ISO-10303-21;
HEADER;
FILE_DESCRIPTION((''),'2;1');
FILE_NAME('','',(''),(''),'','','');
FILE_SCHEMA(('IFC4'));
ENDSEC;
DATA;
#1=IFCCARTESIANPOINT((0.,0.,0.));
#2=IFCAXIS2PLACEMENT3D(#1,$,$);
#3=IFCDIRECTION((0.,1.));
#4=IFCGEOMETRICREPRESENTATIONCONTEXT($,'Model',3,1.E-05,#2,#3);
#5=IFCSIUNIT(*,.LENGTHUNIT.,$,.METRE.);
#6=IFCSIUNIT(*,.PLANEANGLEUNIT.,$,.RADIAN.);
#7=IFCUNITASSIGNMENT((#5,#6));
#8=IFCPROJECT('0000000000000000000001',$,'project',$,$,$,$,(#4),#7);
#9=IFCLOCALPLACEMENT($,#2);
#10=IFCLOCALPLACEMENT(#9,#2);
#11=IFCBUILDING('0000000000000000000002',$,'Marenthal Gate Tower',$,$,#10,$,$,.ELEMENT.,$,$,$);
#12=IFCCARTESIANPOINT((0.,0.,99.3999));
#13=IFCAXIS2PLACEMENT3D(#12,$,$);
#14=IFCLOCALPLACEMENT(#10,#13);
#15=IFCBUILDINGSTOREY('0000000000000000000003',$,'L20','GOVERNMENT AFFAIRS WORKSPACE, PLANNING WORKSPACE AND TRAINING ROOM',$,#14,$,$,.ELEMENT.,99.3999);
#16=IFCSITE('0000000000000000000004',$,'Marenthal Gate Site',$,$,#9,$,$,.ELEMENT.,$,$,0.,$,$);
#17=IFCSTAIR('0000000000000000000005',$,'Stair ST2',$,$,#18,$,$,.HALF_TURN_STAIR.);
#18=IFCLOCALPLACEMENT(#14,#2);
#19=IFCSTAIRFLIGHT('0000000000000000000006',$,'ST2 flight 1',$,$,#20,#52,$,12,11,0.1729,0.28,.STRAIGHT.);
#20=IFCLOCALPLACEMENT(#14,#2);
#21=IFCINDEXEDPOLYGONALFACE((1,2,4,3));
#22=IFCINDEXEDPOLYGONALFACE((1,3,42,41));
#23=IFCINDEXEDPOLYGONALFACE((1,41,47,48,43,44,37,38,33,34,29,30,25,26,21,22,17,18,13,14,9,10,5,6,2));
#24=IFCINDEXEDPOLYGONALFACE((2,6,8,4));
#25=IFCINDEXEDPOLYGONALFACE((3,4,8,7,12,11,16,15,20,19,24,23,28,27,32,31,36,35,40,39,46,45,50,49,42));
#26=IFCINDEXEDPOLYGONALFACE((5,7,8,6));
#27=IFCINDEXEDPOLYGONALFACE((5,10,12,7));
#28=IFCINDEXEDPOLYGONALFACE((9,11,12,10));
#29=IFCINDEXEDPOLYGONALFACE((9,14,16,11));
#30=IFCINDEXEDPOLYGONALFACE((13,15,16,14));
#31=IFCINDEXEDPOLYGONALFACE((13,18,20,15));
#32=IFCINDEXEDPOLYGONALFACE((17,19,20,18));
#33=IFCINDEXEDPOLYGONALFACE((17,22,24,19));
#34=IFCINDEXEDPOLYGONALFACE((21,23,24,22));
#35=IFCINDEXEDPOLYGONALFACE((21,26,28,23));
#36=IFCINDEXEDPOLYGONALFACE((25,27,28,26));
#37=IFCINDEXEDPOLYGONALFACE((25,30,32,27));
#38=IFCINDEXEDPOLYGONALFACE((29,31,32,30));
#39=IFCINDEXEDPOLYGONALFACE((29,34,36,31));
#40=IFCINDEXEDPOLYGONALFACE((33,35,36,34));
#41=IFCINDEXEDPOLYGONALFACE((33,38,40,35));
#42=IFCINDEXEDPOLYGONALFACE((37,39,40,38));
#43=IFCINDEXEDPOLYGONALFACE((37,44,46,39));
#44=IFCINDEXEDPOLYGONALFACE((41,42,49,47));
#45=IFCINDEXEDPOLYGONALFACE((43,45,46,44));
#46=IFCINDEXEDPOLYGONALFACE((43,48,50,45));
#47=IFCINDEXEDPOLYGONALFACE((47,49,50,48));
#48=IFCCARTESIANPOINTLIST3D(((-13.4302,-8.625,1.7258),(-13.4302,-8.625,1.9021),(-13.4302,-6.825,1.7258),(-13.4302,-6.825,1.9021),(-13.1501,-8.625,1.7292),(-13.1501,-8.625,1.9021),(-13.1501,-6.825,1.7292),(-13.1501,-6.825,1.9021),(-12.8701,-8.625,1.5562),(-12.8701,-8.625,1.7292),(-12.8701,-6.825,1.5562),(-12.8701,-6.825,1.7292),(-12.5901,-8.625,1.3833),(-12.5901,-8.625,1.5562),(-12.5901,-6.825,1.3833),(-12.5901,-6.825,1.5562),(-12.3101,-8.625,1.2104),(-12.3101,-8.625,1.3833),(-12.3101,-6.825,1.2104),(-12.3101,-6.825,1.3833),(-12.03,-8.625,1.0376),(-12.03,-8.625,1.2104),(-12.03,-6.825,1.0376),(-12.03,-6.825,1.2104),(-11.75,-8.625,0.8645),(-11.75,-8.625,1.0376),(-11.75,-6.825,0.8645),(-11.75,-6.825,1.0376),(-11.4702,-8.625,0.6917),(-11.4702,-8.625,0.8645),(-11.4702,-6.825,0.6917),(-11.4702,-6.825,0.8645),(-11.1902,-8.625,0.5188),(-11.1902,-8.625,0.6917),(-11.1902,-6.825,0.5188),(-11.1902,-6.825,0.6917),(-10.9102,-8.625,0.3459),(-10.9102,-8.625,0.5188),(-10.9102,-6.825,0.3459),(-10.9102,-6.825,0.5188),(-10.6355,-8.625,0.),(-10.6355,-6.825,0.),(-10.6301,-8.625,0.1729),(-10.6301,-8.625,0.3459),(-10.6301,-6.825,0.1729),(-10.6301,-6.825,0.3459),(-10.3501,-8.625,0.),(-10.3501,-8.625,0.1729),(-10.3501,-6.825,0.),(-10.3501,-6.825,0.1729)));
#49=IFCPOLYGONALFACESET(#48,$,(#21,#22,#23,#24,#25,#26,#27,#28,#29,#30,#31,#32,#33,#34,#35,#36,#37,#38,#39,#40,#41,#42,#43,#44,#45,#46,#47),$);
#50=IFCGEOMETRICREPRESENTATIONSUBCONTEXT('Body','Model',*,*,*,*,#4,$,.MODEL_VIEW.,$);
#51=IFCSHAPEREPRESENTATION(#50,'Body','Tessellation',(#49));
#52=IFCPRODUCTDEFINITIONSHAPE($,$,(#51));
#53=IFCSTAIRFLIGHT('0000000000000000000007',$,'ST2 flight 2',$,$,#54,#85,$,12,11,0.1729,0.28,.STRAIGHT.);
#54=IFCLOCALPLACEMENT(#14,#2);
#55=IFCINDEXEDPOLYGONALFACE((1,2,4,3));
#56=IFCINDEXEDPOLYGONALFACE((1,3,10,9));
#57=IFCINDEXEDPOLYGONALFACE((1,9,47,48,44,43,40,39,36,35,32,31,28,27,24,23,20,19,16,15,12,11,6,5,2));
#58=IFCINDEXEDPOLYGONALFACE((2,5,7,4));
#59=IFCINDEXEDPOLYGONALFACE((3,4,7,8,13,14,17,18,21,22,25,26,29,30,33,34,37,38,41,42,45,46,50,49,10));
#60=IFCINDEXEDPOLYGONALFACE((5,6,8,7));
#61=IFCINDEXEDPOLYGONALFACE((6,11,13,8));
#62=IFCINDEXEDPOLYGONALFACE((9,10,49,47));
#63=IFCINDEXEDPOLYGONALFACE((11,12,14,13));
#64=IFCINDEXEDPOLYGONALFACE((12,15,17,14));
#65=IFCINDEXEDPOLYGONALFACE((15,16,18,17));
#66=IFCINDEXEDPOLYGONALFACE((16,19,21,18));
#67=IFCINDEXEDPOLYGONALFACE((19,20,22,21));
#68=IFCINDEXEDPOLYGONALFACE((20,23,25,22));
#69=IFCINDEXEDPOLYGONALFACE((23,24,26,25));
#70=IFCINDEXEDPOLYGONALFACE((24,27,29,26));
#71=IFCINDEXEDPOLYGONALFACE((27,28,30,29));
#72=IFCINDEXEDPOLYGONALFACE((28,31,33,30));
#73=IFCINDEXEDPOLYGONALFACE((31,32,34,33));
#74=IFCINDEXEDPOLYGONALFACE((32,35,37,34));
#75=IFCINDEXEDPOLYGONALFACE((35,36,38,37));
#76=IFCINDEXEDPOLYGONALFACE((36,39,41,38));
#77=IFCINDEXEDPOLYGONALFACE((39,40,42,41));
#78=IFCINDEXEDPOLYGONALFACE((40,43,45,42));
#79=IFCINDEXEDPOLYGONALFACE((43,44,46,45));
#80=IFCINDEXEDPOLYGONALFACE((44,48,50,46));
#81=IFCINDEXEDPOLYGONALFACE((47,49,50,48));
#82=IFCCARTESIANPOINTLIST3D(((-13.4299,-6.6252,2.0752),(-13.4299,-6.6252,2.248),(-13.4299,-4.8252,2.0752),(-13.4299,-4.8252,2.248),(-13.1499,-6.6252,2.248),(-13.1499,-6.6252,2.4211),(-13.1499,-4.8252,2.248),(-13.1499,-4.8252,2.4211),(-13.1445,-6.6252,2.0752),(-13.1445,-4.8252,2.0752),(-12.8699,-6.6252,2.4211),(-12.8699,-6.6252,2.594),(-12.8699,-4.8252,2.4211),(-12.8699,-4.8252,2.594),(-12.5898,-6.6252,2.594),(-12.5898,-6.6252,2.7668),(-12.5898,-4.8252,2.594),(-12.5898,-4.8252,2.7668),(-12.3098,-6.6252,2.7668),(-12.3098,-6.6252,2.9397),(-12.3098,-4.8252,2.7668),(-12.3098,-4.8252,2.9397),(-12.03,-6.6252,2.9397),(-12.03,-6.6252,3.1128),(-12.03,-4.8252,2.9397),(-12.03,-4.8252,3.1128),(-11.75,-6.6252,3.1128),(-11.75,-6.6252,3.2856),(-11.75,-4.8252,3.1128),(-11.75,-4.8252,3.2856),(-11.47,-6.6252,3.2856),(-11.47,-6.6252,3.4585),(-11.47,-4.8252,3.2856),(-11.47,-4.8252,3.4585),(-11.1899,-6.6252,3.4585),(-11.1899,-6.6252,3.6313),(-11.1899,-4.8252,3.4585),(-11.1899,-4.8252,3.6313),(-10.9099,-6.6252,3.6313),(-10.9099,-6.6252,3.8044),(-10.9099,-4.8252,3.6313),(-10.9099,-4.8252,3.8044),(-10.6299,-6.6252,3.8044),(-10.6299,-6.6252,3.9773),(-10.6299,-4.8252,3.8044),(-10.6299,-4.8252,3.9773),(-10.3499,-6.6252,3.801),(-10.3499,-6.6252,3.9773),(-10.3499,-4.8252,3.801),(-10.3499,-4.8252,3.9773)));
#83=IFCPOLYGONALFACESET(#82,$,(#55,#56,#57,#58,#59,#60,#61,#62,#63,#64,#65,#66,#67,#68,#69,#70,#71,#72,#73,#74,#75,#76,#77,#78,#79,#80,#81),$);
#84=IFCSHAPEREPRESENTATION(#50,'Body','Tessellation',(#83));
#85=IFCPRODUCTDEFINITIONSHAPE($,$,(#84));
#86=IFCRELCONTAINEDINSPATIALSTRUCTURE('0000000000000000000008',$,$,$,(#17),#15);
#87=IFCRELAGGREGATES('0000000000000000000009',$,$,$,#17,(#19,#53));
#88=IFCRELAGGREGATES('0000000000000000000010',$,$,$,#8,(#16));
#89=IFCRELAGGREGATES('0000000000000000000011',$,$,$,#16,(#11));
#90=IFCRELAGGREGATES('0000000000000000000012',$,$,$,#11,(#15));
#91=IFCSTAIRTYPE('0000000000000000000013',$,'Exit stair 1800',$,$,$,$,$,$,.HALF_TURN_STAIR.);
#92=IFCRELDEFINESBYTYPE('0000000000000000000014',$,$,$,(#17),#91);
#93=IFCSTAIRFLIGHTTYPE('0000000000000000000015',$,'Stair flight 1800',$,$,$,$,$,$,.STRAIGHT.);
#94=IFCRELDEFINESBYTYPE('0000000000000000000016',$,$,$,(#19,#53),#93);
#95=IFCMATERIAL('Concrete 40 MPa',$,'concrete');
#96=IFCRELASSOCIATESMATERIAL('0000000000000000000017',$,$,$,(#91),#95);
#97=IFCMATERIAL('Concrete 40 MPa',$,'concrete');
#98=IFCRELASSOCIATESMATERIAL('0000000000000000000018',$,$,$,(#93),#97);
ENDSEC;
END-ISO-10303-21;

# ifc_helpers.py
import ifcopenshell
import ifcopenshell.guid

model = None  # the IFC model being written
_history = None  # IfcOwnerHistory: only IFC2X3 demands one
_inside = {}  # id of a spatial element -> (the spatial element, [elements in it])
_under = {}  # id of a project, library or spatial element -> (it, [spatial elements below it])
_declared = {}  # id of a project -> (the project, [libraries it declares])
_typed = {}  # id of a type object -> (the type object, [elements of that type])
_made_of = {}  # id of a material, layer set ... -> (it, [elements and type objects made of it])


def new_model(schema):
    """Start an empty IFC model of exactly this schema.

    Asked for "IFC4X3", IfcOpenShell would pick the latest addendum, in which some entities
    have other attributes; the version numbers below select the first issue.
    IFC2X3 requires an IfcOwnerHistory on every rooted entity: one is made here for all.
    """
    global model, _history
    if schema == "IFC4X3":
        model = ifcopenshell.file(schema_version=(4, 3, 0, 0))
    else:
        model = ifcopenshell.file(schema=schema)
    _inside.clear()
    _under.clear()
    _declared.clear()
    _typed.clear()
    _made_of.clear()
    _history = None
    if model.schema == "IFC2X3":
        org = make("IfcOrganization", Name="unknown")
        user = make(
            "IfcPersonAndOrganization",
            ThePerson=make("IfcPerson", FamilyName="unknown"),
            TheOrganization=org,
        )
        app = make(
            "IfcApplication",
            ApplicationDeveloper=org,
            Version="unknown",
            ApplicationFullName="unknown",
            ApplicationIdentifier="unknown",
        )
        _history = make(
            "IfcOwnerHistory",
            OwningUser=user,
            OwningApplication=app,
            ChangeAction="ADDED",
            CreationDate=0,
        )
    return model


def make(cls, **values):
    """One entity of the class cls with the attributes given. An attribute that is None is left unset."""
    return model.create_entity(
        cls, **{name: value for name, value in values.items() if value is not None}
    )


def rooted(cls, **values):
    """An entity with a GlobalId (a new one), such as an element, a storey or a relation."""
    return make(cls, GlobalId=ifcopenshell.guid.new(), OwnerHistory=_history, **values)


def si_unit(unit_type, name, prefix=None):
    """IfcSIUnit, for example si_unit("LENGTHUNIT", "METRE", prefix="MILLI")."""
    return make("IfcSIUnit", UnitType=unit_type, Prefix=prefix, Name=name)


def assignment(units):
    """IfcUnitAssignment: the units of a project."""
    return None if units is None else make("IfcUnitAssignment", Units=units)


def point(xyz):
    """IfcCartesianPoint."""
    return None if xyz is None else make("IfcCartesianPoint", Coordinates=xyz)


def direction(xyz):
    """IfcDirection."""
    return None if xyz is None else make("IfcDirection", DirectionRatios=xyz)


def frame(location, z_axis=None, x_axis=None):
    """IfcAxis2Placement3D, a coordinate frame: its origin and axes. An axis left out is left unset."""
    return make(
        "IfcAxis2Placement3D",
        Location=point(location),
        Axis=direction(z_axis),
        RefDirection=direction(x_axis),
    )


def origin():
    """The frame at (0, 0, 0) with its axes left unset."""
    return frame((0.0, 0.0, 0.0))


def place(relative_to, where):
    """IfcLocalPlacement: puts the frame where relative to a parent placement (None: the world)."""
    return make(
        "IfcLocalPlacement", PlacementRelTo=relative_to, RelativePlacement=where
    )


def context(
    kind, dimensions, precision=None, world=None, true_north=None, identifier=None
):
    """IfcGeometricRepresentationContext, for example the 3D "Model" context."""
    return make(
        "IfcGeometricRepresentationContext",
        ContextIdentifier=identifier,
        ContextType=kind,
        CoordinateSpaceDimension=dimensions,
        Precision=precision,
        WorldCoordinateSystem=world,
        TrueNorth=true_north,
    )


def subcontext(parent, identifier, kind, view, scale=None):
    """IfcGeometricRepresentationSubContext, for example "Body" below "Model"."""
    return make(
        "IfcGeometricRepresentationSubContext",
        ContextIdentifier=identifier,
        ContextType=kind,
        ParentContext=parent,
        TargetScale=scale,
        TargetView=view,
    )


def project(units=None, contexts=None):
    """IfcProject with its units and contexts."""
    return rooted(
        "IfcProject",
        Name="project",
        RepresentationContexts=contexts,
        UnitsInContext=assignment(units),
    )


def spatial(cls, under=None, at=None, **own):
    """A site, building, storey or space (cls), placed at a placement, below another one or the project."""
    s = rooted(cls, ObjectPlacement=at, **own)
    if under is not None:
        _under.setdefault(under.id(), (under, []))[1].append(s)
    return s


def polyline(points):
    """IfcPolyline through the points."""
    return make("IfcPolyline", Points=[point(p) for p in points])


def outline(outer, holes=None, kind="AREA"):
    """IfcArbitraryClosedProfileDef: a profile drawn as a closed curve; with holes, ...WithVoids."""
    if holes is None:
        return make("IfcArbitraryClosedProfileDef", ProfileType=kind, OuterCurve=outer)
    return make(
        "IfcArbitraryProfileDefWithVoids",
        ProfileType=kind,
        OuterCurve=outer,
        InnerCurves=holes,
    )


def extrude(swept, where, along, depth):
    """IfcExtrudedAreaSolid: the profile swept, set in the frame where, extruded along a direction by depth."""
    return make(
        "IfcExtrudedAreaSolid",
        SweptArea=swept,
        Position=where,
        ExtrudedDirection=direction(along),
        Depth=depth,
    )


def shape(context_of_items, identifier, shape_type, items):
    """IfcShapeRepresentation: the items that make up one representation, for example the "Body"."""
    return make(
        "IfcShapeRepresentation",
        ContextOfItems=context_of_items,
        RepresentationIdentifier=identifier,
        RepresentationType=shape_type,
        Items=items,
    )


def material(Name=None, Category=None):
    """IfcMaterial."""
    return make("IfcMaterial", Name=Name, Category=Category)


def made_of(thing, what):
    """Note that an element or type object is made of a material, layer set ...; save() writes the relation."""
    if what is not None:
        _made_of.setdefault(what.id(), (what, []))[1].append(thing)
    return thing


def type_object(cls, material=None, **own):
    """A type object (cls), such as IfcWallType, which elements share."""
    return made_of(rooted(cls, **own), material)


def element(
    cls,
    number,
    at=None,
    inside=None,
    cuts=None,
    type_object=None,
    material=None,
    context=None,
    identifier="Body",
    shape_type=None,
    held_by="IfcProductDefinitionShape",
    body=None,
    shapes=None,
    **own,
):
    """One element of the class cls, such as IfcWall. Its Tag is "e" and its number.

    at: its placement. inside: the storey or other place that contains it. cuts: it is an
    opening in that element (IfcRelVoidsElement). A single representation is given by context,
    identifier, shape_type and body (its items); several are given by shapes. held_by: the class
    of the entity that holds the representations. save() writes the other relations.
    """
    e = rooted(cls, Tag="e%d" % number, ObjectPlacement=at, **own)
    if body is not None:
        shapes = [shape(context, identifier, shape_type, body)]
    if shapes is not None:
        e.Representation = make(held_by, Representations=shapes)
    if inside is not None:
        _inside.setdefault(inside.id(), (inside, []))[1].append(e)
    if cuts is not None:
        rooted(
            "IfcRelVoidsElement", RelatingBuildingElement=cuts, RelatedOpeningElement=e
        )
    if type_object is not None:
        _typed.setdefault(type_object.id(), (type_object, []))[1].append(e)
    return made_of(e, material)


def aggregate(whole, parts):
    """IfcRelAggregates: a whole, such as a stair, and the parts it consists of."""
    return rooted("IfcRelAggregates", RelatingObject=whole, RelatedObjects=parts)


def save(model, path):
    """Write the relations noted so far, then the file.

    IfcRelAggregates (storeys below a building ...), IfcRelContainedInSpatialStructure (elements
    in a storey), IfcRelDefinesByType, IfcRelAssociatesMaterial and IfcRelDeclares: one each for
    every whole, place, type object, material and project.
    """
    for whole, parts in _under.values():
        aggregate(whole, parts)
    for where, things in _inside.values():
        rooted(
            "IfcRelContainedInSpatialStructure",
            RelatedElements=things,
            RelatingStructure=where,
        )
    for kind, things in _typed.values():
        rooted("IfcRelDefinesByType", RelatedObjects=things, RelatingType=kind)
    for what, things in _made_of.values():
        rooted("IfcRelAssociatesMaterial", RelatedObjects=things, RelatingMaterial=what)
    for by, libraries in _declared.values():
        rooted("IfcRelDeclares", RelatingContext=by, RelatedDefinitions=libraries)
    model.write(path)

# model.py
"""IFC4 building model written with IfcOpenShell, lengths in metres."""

from ifc_helpers import new_model, si_unit, direction, frame, origin, place, context, subcontext, project, spatial, polyline, outline, extrude, material, type_object, element, aggregate, save


model = new_model("IFC4")

# Units and contexts
model_context = context("Model", 3, precision=1e-05, world=origin(), true_north=direction((0.0, 1.0)))
body_context = subcontext(model_context, "Body", "Model", "MODEL_VIEW")
ifc_project = project(units=[si_unit("LENGTHUNIT", "METRE"), si_unit("PLANEANGLEUNIT", "RADIAN")], contexts=[model_context])

# Site, building, storey
site_placement = place(None, origin())
site = spatial("IfcSite", under=ifc_project, at=site_placement, Name="Marenthal Gate Site", CompositionType="ELEMENT", RefElevation=0.0)
building_placement = place(site_placement, origin())
building = spatial("IfcBuilding", under=site, at=building_placement, Name="Marenthal Gate Tower", CompositionType="ELEMENT")
storey_placement = place(building_placement, frame((0.0, 0.0, 99.3999)))
storey = spatial("IfcBuildingStorey", under=building, at=storey_placement, Name="L20", Description="GOVERNMENT AFFAIRS WORKSPACE, PLANNING WORKSPACE AND TRAINING ROOM", CompositionType="ELEMENT", Elevation=99.3999)

# Stair, stair flights
ifc_material_1 = material(Name="Concrete 40 MPa", Category="concrete")
stair_type = type_object("IfcStairType", Name="Exit stair 1800", PredefinedType="HALF_TURN_STAIR", material=ifc_material_1)
stair_placement = place(storey_placement, origin())
stair = element("IfcStair", 1, at=stair_placement, inside=storey, type_object=stair_type, Name="Stair ST2", PredefinedType="HALF_TURN_STAIR")
ifc_material_2 = material(Name="Concrete 40 MPa", Category="concrete")
stair_flight_type = type_object("IfcStairFlightType", Name="Stair flight 1800", PredefinedType="STRAIGHT", material=ifc_material_2)
stair_flight_1_placement = place(storey_placement, frame((-10.3501, -7.7251, 0.0), z_axis=(0.0, 0.0, 1.0), x_axis=(-1.0, 0.0, 0.0)))
stair_flight_1 = element("IfcStairFlight", 2, at=stair_flight_1_placement, type_object=stair_flight_type, Name="ST2 flight 1", NumberOfRisers=12, NumberOfTreads=11, PredefinedType="STRAIGHT", RiserHeight=0.1729, TreadLength=0.28, context=body_context, shape_type="SweptSolid", body=[
    extrude(outline(polyline([(0.0, 0.0), (0.0, 0.1729), (0.28, 0.1729), (0.28, 0.3459), (0.5601, 0.3459), (0.5601, 0.5188), (0.8401, 0.5188), (0.8401, 0.6917), (1.1201, 0.6917), (1.1201, 0.8645), (1.3999, 0.8645), (1.3999, 1.0376), (1.6799, 1.0376), (1.6799, 1.2104), (1.96, 1.2104), (1.96, 1.3833), (2.24, 1.3833), (2.24, 1.5562), (2.52, 1.5562), (2.52, 1.7292), (2.8, 1.7292), (2.8, 1.9021), (3.0801, 1.9021), (3.0801, 2.075), (3.0801, 1.7258), (0.2854, 0.0), (0.0, 0.0)])), frame((0.0, 0.8999, 0.0), z_axis=(0.0, -1.0, 0.0), x_axis=(1.0, 0.0, 0.0)), (0.0, 0.0, 1.0), 1.8),
])
stair_flight_2_placement = place(storey_placement, frame((-13.4299, -5.7251, 2.0752), z_axis=(0.0, 0.0, 1.0), x_axis=(1.0, 0.0, 0.0)))
stair_flight_2 = element("IfcStairFlight", 3, at=stair_flight_2_placement, type_object=stair_flight_type, Name="ST2 flight 2", NumberOfRisers=12, NumberOfTreads=11, PredefinedType="STRAIGHT", RiserHeight=0.1729, TreadLength=0.28, context=body_context, shape_type="SweptSolid", body=[
    extrude(outline(polyline([(0.0, 0.0), (0.0, 0.1729), (0.28, 0.1729), (0.28, 0.3459), (0.5601, 0.3459), (0.5601, 0.5188), (0.8401, 0.5188), (0.8401, 0.6917), (1.1201, 0.6917), (1.1201, 0.8645), (1.3999, 0.8645), (1.3999, 1.0376), (1.6799, 1.0376), (1.6799, 1.2104), (1.96, 1.2104), (1.96, 1.3833), (2.24, 1.3833), (2.24, 1.5562), (2.52, 1.5562), (2.52, 1.7292), (2.8, 1.7292), (2.8, 1.9021), (3.0801, 1.9021), (3.0801, 2.075), (3.0801, 1.7258), (0.2854, 0.0), (0.0, 0.0)])), frame((0.0, 0.8999, 0.0), z_axis=(0.0, -1.0, 0.0), x_axis=(1.0, 0.0, 0.0)), (0.0, 0.0, 1.0), 1.8),
])
aggregate(stair, [stair_flight_1, stair_flight_2])

save(model, "model.ifc")
